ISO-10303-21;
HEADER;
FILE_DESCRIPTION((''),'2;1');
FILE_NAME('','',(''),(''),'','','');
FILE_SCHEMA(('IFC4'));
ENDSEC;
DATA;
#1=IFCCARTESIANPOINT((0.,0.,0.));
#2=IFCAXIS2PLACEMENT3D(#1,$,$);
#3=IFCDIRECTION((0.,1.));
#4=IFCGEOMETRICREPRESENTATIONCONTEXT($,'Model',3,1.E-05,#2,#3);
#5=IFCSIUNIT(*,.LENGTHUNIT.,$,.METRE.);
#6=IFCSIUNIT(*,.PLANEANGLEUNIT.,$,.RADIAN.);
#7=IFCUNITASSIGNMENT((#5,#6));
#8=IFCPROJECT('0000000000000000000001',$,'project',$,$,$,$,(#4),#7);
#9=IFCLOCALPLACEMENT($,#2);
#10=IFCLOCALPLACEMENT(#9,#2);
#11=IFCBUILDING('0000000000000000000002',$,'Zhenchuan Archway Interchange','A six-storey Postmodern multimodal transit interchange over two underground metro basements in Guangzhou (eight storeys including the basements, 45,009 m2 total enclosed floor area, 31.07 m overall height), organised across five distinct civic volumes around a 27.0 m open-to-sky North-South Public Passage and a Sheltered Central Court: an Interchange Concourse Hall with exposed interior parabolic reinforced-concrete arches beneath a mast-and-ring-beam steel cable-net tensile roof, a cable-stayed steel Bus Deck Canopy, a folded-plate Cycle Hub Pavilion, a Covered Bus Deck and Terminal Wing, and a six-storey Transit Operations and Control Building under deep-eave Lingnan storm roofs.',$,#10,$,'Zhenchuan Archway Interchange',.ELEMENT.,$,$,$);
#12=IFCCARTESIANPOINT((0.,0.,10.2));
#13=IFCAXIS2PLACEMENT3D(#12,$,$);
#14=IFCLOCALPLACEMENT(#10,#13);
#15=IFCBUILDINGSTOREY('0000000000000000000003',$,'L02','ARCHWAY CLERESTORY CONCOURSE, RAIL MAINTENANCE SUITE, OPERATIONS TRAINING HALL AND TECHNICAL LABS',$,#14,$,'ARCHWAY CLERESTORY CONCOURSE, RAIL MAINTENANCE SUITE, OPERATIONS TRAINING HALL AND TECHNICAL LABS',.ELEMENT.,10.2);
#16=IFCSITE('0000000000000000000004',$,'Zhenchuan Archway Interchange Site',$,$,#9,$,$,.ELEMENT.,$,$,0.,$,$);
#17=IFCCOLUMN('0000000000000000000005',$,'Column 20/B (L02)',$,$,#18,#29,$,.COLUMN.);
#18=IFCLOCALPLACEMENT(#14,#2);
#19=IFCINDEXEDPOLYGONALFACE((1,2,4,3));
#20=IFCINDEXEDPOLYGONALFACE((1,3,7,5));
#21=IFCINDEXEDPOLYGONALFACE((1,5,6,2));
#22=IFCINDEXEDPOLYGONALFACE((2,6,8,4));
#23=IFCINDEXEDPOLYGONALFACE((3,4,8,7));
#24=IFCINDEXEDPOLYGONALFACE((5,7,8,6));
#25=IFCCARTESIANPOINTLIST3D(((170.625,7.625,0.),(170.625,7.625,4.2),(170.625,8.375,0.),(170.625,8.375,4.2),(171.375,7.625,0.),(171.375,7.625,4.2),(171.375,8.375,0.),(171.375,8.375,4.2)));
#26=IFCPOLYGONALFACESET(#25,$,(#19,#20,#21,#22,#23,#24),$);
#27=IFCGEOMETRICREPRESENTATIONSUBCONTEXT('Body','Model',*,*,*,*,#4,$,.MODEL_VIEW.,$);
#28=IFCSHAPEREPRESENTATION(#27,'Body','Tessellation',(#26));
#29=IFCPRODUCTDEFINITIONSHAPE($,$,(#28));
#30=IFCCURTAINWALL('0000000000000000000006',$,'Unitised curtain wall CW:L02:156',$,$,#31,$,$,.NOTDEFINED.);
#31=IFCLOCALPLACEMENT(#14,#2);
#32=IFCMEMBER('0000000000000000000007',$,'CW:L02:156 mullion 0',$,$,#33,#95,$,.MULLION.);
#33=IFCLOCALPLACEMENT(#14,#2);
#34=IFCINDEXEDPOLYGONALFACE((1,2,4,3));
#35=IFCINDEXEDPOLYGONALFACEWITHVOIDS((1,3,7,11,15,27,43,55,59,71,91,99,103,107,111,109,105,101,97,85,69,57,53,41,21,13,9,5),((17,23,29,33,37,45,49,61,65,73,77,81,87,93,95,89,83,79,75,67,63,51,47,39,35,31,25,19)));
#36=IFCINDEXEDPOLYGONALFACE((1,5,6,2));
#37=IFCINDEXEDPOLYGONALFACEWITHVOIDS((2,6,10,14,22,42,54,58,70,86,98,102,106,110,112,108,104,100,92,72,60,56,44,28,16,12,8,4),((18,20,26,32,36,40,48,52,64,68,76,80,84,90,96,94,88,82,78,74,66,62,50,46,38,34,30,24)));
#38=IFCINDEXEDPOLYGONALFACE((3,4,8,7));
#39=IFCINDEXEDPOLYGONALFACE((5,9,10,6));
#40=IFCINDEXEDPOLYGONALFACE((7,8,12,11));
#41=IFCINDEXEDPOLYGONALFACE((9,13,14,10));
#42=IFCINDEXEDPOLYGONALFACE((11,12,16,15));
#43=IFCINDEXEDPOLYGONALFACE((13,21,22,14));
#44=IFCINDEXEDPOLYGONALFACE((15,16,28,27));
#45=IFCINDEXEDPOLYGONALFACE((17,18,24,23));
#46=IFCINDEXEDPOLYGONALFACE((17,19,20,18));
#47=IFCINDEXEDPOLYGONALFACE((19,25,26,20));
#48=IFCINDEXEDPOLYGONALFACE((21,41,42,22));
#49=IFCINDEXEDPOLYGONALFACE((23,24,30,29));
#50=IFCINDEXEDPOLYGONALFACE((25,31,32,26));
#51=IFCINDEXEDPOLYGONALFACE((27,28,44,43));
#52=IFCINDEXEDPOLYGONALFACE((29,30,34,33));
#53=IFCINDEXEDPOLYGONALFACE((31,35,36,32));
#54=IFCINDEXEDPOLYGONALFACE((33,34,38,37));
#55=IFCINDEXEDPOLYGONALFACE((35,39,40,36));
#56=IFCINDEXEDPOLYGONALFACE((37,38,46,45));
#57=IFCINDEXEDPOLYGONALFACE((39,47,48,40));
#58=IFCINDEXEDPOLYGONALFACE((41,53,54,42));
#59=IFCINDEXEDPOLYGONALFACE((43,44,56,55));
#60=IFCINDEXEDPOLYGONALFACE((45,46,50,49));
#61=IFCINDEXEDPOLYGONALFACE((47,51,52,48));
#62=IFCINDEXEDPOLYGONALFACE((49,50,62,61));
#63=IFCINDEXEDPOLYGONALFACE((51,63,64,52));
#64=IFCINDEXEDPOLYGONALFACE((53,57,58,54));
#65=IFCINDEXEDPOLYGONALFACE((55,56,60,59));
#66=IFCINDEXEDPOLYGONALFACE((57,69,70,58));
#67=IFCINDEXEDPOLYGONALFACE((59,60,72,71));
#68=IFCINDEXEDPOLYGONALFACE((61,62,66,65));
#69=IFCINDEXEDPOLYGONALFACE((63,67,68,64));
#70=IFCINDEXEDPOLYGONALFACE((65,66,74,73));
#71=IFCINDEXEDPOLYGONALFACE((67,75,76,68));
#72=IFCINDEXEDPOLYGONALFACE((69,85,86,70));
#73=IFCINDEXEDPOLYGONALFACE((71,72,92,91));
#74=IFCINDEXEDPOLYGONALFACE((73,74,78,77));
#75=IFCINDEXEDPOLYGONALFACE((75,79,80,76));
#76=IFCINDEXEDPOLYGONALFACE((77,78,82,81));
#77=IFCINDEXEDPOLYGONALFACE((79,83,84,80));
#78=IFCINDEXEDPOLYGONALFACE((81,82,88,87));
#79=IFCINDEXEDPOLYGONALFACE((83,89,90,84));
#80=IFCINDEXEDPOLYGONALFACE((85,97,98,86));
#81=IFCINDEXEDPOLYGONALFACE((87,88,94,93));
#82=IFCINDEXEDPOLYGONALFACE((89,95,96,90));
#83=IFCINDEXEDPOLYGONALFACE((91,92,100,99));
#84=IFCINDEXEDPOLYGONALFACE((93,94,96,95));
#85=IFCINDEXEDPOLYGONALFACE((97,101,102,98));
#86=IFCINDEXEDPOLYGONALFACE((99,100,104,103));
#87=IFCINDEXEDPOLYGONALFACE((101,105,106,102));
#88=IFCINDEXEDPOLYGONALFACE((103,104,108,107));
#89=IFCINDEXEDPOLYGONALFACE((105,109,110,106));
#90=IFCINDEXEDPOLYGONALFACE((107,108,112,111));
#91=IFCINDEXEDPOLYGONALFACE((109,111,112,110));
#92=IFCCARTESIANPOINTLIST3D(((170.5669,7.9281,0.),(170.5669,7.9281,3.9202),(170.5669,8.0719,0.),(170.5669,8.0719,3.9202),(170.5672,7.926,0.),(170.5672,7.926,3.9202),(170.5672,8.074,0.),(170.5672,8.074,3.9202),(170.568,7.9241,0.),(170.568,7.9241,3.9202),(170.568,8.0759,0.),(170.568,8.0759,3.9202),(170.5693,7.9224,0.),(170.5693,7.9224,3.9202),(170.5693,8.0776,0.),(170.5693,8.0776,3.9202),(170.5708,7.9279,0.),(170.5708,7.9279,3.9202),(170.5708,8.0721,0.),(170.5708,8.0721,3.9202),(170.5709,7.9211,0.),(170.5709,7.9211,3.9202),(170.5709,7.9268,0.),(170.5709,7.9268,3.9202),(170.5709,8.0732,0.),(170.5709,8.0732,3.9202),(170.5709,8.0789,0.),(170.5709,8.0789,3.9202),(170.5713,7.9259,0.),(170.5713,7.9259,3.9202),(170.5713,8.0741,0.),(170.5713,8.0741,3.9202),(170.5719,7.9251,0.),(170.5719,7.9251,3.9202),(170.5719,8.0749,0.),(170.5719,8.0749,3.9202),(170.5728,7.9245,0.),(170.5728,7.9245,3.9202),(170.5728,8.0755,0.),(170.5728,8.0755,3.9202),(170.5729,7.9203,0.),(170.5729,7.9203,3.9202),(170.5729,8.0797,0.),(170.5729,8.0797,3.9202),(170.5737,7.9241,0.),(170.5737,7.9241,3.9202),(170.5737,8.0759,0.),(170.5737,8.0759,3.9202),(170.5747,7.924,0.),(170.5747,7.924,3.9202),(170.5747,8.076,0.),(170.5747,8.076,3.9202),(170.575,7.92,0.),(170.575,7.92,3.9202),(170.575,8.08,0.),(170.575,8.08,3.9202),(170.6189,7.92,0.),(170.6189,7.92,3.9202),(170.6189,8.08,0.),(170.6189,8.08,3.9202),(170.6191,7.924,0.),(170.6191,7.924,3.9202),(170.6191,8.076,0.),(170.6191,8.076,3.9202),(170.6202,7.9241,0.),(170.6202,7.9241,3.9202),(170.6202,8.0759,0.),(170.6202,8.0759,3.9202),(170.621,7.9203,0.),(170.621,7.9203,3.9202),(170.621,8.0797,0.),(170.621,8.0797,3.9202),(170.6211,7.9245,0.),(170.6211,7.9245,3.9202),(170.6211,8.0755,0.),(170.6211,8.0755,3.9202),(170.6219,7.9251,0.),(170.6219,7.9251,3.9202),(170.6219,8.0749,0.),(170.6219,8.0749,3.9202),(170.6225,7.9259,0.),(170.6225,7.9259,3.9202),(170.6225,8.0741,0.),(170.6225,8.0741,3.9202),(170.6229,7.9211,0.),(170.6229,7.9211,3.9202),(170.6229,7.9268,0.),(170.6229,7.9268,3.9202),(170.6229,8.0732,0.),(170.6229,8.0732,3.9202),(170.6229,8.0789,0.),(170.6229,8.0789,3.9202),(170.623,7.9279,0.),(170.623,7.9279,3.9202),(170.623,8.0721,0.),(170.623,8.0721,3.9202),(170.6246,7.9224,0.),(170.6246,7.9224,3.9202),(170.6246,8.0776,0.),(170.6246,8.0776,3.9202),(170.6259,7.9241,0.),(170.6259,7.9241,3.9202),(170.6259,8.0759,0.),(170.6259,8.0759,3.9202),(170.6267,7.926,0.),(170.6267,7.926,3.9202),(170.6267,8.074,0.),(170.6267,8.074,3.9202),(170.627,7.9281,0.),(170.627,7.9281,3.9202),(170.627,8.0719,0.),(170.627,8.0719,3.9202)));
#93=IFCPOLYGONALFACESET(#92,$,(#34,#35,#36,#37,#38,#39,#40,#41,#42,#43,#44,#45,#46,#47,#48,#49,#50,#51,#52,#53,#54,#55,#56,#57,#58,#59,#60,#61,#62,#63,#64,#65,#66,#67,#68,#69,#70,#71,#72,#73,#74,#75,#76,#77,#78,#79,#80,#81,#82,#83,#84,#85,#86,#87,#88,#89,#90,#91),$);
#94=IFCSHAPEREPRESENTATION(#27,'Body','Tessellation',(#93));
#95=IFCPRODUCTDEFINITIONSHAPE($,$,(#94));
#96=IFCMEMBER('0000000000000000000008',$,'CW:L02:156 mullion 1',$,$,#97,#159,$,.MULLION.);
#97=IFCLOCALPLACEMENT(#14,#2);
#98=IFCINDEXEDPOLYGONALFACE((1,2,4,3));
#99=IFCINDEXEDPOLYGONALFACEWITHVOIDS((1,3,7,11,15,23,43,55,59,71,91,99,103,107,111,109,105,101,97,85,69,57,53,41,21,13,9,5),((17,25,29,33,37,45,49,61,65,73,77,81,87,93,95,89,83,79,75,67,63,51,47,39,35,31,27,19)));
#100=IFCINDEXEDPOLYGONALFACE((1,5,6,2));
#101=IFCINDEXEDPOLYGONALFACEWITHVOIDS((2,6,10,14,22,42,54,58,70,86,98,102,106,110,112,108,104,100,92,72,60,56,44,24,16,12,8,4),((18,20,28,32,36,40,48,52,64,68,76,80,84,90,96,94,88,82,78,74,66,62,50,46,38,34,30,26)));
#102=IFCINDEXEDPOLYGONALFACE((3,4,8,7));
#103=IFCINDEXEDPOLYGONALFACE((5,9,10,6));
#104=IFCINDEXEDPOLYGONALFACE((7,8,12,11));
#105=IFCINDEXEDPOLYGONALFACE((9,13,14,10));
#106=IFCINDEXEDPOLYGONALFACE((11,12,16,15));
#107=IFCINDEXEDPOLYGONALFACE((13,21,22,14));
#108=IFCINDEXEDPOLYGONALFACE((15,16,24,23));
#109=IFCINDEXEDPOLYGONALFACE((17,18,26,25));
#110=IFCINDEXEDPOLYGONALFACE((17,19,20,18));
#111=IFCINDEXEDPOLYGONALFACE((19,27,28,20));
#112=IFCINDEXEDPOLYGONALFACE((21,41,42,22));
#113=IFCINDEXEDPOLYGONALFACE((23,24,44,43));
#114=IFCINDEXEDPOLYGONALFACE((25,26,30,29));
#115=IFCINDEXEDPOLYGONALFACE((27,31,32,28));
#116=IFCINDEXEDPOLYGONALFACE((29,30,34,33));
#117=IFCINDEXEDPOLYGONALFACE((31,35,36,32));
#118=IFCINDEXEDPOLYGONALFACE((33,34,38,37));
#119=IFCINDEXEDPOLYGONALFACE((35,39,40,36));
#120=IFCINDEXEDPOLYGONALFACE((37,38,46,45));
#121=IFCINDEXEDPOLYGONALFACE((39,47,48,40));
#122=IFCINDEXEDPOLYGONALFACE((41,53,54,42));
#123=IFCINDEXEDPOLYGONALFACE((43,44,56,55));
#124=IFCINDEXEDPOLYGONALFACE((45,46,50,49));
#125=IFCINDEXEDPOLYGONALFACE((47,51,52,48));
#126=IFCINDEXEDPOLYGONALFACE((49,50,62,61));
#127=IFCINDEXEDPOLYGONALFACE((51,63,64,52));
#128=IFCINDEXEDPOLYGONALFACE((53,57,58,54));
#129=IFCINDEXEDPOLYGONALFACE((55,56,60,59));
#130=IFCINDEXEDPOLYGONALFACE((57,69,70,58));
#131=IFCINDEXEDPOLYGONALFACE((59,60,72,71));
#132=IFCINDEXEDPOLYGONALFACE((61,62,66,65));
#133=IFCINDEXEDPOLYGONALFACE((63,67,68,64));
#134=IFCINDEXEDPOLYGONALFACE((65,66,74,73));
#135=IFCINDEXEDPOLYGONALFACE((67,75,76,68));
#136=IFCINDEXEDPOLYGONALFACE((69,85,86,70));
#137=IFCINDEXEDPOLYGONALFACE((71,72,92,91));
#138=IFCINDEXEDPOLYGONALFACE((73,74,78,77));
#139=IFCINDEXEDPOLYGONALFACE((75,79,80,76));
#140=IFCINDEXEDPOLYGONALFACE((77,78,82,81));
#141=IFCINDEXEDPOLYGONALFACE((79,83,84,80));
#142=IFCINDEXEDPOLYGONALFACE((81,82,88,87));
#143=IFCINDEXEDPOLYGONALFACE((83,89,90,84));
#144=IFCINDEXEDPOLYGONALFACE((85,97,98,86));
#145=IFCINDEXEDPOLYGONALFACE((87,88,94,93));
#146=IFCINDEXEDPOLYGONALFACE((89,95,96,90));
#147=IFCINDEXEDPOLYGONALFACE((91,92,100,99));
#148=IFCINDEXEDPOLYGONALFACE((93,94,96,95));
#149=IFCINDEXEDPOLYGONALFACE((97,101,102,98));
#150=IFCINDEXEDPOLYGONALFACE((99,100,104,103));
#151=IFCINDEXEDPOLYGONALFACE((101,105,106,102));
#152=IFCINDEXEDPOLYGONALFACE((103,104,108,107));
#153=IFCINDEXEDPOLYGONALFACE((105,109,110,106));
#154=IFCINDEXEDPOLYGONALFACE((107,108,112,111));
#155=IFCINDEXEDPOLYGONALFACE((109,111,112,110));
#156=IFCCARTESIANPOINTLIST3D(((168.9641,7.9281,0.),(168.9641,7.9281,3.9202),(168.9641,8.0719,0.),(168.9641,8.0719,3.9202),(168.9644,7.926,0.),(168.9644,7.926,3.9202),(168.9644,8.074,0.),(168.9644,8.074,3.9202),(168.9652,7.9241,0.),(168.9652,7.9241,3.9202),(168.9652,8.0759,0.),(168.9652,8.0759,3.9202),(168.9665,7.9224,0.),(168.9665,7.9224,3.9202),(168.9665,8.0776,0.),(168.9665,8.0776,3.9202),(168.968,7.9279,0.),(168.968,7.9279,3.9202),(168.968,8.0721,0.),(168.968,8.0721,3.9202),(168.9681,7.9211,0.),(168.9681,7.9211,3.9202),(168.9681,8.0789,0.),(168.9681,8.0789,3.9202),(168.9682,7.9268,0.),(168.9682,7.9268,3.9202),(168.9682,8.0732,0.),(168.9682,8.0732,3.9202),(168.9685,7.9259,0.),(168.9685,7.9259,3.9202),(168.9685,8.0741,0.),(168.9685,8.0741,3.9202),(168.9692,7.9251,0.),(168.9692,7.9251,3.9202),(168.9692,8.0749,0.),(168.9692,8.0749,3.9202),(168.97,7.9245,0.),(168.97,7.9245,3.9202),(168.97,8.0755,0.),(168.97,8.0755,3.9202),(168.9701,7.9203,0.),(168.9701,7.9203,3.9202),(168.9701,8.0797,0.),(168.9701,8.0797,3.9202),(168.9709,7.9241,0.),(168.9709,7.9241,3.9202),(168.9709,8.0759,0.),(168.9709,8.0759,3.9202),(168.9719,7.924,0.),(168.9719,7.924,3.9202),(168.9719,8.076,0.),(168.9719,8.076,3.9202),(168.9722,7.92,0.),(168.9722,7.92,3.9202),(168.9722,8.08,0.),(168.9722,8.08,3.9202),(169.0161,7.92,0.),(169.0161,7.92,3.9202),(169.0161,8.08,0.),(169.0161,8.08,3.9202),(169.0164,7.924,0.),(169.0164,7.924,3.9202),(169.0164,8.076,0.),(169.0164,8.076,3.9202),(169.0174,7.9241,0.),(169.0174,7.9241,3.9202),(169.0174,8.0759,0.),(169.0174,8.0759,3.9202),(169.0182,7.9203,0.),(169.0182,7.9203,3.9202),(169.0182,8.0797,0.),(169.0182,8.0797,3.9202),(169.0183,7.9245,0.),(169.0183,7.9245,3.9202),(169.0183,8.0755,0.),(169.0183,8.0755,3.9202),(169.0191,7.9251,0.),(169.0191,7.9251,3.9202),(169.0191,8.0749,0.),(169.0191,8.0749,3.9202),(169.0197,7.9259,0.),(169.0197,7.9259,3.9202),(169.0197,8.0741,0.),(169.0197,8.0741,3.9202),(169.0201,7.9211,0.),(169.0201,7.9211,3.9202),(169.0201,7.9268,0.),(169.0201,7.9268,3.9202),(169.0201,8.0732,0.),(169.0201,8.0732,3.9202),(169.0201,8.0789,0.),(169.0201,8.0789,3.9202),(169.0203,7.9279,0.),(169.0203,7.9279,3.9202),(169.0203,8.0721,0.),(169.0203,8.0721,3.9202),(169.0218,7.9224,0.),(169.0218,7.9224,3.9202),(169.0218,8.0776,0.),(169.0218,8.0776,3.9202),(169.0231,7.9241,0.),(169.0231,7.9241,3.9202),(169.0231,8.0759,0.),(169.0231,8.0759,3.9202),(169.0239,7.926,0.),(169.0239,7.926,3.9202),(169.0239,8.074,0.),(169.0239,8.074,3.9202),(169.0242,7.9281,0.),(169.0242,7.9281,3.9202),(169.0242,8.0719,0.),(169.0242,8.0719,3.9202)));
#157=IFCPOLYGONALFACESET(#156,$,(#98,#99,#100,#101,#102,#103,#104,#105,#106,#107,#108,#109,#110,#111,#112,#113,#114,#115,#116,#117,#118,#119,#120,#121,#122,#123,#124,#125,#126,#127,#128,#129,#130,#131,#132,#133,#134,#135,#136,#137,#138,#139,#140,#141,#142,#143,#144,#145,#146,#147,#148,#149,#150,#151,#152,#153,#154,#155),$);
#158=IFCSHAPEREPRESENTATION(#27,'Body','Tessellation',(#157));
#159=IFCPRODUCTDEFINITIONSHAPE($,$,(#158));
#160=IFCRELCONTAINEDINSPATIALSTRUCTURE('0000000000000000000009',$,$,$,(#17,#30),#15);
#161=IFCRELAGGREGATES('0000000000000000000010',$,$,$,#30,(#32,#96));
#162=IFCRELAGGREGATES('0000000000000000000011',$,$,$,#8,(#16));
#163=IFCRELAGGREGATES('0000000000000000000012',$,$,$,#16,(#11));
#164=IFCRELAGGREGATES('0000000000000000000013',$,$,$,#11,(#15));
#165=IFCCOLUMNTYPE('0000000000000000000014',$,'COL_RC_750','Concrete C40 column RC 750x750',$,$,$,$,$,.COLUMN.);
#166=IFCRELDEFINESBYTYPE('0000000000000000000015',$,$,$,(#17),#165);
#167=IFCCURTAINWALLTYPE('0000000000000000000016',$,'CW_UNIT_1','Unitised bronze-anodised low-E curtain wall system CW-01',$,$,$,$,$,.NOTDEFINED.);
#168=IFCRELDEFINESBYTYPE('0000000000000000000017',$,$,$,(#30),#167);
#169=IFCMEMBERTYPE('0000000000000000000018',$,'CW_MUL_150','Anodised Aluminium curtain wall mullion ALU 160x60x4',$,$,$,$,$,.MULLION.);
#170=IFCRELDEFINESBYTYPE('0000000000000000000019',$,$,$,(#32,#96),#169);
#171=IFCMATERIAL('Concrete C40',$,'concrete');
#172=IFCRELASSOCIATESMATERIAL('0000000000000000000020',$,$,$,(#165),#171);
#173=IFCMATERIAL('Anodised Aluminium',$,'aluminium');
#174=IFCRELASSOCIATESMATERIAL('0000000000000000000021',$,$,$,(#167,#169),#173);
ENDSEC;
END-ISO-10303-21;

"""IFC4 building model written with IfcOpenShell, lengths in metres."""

from ifc_helpers import new_model, si_unit, direction, frame, origin, origin_2d, place, context, subcontext, project, spatial, rectangle, hollow_rectangle, extrude, material, material_profile, profile_set, type_object, element, aggregate, save


model = new_model("IFC4")

# Units and contexts
model_context = context("Model", 3, precision=1e-05, world=origin(), true_north=direction((0.0, 1.0)))
body_context = subcontext(model_context, "Body", "Model", "MODEL_VIEW")
ifc_project = project(units=[si_unit("LENGTHUNIT", "METRE"), si_unit("PLANEANGLEUNIT", "RADIAN")], contexts=[model_context])

# Site, building, storey
site_placement = place(None, origin())
site = spatial("IfcSite", under=ifc_project, at=site_placement, Name="Zhenchuan Archway Interchange Site", CompositionType="ELEMENT", RefElevation=0.0)
building_placement = place(site_placement, origin())
building = spatial("IfcBuilding", under=site, at=building_placement, Name="Zhenchuan Archway Interchange", Description="A six-storey Postmodern multimodal transit interchange over two underground metro basements in Guangzhou (eight storeys including the basements, 45,009 m2 total enclosed floor area, 31.07 m overall height), organised across five distinct civic volumes around a 27.0 m open-to-sky North-South Public Passage and a Sheltered Central Court: an Interchange Concourse Hall with exposed interior parabolic reinforced-concrete arches beneath a mast-and-ring-beam steel cable-net tensile roof, a cable-stayed steel Bus Deck Canopy, a folded-plate Cycle Hub Pavilion, a Covered Bus Deck and Terminal Wing, and a six-storey Transit Operations and Control Building under deep-eave Lingnan storm roofs.", LongName="Zhenchuan Archway Interchange", CompositionType="ELEMENT")
storey_placement = place(building_placement, frame((0.0, 0.0, 10.2)))
storey = spatial("IfcBuildingStorey", under=building, at=storey_placement, Name="L02", Description="ARCHWAY CLERESTORY CONCOURSE, RAIL MAINTENANCE SUITE, OPERATIONS TRAINING HALL AND TECHNICAL LABS", LongName="ARCHWAY CLERESTORY CONCOURSE, RAIL MAINTENANCE SUITE, OPERATIONS TRAINING HALL AND TECHNICAL LABS", CompositionType="ELEMENT", Elevation=10.2)

# Column
ifc_material_1 = material(Name="Concrete C40", Category="concrete")
ifc_material_profile_1 = material_profile(ifc_material_1, rectangle(XDim=0.75, YDim=0.75, at=origin_2d()), Name="RC 750x750")
ifc_profile_set_1 = profile_set([ifc_material_profile_1], Name="Concrete C40")
column_type = type_object("IfcColumnType", Name="COL_RC_750", Description="Concrete C40 column RC 750x750", PredefinedType="COLUMN", material=ifc_profile_set_1)
column_placement = place(storey_placement, frame((171.0, 8.0, 0.0), z_axis=(0.0, 0.0, 1.0), x_axis=(1.0, 0.0, 0.0)))
element("IfcColumn", 1, at=column_placement, inside=storey, type_object=column_type, Name="Column 20/B (L02)", PredefinedType="COLUMN", context=body_context, shape_type="SweptSolid", body=[
    extrude(rectangle(XDim=0.75, YDim=0.75, at=origin_2d()), origin(), (0.0, 0.0, 1.0), 4.2),
])

# Curtain wall, members
ifc_material_2 = material(Name="Anodised Aluminium", Category="aluminium")
curtain_wall_type = type_object("IfcCurtainWallType", Name="CW_UNIT_1", Description="Unitised bronze-anodised low-E curtain wall system CW-01", PredefinedType="NOTDEFINED", material=ifc_material_2)
curtain_wall_placement = place(storey_placement, origin())
curtain_wall = element("IfcCurtainWall", 2, at=curtain_wall_placement, inside=storey, type_object=curtain_wall_type, Name="Unitised curtain wall CW:L02:156", PredefinedType="NOTDEFINED")
ifc_material_profile_2 = material_profile(ifc_material_2, hollow_rectangle(XDim=0.0601, YDim=0.1599, WallThickness=0.0039, InnerFilletRadius=0.0039, OuterFilletRadius=0.0081, at=origin_2d()), Name="ALU 160x60x4")
ifc_profile_set_2 = profile_set([ifc_material_profile_2], Name="Anodised Aluminium")
member_type_1 = type_object("IfcMemberType", Name="CW_MUL_150", Description="Anodised Aluminium curtain wall mullion ALU 160x60x4", PredefinedType="MULLION", material=ifc_profile_set_2)
member_1_placement = place(storey_placement, frame((170.5969, 8.0, 0.0), z_axis=(0.0, 0.0, 1.0), x_axis=(1.0, 0.0, 0.0)))
member_1 = element("IfcMember", 3, at=member_1_placement, type_object=member_type_1, Name="CW:L02:156 mullion 0", PredefinedType="MULLION", context=body_context, shape_type="SweptSolid", body=[
    extrude(hollow_rectangle(XDim=0.0601, YDim=0.1599, WallThickness=0.0039, InnerFilletRadius=0.0039, OuterFilletRadius=0.0081, at=origin_2d()), origin(), (0.0, 0.0, 1.0), 3.9202),
])
member_2_placement = place(storey_placement, frame((168.9941, 8.0, 0.0), z_axis=(0.0, 0.0, 1.0), x_axis=(1.0, 0.0, 0.0)))
member_2 = element("IfcMember", 4, at=member_2_placement, type_object=member_type_1, Name="CW:L02:156 mullion 1", PredefinedType="MULLION", context=body_context, shape_type="SweptSolid", body=[
    extrude(hollow_rectangle(XDim=0.0601, YDim=0.1599, WallThickness=0.0039, InnerFilletRadius=0.0039, OuterFilletRadius=0.0081, at=origin_2d()), origin(), (0.0, 0.0, 1.0), 3.9202),
])

aggregate(curtain_wall, [member_1, member_2])

save(model, "model.ifc")
